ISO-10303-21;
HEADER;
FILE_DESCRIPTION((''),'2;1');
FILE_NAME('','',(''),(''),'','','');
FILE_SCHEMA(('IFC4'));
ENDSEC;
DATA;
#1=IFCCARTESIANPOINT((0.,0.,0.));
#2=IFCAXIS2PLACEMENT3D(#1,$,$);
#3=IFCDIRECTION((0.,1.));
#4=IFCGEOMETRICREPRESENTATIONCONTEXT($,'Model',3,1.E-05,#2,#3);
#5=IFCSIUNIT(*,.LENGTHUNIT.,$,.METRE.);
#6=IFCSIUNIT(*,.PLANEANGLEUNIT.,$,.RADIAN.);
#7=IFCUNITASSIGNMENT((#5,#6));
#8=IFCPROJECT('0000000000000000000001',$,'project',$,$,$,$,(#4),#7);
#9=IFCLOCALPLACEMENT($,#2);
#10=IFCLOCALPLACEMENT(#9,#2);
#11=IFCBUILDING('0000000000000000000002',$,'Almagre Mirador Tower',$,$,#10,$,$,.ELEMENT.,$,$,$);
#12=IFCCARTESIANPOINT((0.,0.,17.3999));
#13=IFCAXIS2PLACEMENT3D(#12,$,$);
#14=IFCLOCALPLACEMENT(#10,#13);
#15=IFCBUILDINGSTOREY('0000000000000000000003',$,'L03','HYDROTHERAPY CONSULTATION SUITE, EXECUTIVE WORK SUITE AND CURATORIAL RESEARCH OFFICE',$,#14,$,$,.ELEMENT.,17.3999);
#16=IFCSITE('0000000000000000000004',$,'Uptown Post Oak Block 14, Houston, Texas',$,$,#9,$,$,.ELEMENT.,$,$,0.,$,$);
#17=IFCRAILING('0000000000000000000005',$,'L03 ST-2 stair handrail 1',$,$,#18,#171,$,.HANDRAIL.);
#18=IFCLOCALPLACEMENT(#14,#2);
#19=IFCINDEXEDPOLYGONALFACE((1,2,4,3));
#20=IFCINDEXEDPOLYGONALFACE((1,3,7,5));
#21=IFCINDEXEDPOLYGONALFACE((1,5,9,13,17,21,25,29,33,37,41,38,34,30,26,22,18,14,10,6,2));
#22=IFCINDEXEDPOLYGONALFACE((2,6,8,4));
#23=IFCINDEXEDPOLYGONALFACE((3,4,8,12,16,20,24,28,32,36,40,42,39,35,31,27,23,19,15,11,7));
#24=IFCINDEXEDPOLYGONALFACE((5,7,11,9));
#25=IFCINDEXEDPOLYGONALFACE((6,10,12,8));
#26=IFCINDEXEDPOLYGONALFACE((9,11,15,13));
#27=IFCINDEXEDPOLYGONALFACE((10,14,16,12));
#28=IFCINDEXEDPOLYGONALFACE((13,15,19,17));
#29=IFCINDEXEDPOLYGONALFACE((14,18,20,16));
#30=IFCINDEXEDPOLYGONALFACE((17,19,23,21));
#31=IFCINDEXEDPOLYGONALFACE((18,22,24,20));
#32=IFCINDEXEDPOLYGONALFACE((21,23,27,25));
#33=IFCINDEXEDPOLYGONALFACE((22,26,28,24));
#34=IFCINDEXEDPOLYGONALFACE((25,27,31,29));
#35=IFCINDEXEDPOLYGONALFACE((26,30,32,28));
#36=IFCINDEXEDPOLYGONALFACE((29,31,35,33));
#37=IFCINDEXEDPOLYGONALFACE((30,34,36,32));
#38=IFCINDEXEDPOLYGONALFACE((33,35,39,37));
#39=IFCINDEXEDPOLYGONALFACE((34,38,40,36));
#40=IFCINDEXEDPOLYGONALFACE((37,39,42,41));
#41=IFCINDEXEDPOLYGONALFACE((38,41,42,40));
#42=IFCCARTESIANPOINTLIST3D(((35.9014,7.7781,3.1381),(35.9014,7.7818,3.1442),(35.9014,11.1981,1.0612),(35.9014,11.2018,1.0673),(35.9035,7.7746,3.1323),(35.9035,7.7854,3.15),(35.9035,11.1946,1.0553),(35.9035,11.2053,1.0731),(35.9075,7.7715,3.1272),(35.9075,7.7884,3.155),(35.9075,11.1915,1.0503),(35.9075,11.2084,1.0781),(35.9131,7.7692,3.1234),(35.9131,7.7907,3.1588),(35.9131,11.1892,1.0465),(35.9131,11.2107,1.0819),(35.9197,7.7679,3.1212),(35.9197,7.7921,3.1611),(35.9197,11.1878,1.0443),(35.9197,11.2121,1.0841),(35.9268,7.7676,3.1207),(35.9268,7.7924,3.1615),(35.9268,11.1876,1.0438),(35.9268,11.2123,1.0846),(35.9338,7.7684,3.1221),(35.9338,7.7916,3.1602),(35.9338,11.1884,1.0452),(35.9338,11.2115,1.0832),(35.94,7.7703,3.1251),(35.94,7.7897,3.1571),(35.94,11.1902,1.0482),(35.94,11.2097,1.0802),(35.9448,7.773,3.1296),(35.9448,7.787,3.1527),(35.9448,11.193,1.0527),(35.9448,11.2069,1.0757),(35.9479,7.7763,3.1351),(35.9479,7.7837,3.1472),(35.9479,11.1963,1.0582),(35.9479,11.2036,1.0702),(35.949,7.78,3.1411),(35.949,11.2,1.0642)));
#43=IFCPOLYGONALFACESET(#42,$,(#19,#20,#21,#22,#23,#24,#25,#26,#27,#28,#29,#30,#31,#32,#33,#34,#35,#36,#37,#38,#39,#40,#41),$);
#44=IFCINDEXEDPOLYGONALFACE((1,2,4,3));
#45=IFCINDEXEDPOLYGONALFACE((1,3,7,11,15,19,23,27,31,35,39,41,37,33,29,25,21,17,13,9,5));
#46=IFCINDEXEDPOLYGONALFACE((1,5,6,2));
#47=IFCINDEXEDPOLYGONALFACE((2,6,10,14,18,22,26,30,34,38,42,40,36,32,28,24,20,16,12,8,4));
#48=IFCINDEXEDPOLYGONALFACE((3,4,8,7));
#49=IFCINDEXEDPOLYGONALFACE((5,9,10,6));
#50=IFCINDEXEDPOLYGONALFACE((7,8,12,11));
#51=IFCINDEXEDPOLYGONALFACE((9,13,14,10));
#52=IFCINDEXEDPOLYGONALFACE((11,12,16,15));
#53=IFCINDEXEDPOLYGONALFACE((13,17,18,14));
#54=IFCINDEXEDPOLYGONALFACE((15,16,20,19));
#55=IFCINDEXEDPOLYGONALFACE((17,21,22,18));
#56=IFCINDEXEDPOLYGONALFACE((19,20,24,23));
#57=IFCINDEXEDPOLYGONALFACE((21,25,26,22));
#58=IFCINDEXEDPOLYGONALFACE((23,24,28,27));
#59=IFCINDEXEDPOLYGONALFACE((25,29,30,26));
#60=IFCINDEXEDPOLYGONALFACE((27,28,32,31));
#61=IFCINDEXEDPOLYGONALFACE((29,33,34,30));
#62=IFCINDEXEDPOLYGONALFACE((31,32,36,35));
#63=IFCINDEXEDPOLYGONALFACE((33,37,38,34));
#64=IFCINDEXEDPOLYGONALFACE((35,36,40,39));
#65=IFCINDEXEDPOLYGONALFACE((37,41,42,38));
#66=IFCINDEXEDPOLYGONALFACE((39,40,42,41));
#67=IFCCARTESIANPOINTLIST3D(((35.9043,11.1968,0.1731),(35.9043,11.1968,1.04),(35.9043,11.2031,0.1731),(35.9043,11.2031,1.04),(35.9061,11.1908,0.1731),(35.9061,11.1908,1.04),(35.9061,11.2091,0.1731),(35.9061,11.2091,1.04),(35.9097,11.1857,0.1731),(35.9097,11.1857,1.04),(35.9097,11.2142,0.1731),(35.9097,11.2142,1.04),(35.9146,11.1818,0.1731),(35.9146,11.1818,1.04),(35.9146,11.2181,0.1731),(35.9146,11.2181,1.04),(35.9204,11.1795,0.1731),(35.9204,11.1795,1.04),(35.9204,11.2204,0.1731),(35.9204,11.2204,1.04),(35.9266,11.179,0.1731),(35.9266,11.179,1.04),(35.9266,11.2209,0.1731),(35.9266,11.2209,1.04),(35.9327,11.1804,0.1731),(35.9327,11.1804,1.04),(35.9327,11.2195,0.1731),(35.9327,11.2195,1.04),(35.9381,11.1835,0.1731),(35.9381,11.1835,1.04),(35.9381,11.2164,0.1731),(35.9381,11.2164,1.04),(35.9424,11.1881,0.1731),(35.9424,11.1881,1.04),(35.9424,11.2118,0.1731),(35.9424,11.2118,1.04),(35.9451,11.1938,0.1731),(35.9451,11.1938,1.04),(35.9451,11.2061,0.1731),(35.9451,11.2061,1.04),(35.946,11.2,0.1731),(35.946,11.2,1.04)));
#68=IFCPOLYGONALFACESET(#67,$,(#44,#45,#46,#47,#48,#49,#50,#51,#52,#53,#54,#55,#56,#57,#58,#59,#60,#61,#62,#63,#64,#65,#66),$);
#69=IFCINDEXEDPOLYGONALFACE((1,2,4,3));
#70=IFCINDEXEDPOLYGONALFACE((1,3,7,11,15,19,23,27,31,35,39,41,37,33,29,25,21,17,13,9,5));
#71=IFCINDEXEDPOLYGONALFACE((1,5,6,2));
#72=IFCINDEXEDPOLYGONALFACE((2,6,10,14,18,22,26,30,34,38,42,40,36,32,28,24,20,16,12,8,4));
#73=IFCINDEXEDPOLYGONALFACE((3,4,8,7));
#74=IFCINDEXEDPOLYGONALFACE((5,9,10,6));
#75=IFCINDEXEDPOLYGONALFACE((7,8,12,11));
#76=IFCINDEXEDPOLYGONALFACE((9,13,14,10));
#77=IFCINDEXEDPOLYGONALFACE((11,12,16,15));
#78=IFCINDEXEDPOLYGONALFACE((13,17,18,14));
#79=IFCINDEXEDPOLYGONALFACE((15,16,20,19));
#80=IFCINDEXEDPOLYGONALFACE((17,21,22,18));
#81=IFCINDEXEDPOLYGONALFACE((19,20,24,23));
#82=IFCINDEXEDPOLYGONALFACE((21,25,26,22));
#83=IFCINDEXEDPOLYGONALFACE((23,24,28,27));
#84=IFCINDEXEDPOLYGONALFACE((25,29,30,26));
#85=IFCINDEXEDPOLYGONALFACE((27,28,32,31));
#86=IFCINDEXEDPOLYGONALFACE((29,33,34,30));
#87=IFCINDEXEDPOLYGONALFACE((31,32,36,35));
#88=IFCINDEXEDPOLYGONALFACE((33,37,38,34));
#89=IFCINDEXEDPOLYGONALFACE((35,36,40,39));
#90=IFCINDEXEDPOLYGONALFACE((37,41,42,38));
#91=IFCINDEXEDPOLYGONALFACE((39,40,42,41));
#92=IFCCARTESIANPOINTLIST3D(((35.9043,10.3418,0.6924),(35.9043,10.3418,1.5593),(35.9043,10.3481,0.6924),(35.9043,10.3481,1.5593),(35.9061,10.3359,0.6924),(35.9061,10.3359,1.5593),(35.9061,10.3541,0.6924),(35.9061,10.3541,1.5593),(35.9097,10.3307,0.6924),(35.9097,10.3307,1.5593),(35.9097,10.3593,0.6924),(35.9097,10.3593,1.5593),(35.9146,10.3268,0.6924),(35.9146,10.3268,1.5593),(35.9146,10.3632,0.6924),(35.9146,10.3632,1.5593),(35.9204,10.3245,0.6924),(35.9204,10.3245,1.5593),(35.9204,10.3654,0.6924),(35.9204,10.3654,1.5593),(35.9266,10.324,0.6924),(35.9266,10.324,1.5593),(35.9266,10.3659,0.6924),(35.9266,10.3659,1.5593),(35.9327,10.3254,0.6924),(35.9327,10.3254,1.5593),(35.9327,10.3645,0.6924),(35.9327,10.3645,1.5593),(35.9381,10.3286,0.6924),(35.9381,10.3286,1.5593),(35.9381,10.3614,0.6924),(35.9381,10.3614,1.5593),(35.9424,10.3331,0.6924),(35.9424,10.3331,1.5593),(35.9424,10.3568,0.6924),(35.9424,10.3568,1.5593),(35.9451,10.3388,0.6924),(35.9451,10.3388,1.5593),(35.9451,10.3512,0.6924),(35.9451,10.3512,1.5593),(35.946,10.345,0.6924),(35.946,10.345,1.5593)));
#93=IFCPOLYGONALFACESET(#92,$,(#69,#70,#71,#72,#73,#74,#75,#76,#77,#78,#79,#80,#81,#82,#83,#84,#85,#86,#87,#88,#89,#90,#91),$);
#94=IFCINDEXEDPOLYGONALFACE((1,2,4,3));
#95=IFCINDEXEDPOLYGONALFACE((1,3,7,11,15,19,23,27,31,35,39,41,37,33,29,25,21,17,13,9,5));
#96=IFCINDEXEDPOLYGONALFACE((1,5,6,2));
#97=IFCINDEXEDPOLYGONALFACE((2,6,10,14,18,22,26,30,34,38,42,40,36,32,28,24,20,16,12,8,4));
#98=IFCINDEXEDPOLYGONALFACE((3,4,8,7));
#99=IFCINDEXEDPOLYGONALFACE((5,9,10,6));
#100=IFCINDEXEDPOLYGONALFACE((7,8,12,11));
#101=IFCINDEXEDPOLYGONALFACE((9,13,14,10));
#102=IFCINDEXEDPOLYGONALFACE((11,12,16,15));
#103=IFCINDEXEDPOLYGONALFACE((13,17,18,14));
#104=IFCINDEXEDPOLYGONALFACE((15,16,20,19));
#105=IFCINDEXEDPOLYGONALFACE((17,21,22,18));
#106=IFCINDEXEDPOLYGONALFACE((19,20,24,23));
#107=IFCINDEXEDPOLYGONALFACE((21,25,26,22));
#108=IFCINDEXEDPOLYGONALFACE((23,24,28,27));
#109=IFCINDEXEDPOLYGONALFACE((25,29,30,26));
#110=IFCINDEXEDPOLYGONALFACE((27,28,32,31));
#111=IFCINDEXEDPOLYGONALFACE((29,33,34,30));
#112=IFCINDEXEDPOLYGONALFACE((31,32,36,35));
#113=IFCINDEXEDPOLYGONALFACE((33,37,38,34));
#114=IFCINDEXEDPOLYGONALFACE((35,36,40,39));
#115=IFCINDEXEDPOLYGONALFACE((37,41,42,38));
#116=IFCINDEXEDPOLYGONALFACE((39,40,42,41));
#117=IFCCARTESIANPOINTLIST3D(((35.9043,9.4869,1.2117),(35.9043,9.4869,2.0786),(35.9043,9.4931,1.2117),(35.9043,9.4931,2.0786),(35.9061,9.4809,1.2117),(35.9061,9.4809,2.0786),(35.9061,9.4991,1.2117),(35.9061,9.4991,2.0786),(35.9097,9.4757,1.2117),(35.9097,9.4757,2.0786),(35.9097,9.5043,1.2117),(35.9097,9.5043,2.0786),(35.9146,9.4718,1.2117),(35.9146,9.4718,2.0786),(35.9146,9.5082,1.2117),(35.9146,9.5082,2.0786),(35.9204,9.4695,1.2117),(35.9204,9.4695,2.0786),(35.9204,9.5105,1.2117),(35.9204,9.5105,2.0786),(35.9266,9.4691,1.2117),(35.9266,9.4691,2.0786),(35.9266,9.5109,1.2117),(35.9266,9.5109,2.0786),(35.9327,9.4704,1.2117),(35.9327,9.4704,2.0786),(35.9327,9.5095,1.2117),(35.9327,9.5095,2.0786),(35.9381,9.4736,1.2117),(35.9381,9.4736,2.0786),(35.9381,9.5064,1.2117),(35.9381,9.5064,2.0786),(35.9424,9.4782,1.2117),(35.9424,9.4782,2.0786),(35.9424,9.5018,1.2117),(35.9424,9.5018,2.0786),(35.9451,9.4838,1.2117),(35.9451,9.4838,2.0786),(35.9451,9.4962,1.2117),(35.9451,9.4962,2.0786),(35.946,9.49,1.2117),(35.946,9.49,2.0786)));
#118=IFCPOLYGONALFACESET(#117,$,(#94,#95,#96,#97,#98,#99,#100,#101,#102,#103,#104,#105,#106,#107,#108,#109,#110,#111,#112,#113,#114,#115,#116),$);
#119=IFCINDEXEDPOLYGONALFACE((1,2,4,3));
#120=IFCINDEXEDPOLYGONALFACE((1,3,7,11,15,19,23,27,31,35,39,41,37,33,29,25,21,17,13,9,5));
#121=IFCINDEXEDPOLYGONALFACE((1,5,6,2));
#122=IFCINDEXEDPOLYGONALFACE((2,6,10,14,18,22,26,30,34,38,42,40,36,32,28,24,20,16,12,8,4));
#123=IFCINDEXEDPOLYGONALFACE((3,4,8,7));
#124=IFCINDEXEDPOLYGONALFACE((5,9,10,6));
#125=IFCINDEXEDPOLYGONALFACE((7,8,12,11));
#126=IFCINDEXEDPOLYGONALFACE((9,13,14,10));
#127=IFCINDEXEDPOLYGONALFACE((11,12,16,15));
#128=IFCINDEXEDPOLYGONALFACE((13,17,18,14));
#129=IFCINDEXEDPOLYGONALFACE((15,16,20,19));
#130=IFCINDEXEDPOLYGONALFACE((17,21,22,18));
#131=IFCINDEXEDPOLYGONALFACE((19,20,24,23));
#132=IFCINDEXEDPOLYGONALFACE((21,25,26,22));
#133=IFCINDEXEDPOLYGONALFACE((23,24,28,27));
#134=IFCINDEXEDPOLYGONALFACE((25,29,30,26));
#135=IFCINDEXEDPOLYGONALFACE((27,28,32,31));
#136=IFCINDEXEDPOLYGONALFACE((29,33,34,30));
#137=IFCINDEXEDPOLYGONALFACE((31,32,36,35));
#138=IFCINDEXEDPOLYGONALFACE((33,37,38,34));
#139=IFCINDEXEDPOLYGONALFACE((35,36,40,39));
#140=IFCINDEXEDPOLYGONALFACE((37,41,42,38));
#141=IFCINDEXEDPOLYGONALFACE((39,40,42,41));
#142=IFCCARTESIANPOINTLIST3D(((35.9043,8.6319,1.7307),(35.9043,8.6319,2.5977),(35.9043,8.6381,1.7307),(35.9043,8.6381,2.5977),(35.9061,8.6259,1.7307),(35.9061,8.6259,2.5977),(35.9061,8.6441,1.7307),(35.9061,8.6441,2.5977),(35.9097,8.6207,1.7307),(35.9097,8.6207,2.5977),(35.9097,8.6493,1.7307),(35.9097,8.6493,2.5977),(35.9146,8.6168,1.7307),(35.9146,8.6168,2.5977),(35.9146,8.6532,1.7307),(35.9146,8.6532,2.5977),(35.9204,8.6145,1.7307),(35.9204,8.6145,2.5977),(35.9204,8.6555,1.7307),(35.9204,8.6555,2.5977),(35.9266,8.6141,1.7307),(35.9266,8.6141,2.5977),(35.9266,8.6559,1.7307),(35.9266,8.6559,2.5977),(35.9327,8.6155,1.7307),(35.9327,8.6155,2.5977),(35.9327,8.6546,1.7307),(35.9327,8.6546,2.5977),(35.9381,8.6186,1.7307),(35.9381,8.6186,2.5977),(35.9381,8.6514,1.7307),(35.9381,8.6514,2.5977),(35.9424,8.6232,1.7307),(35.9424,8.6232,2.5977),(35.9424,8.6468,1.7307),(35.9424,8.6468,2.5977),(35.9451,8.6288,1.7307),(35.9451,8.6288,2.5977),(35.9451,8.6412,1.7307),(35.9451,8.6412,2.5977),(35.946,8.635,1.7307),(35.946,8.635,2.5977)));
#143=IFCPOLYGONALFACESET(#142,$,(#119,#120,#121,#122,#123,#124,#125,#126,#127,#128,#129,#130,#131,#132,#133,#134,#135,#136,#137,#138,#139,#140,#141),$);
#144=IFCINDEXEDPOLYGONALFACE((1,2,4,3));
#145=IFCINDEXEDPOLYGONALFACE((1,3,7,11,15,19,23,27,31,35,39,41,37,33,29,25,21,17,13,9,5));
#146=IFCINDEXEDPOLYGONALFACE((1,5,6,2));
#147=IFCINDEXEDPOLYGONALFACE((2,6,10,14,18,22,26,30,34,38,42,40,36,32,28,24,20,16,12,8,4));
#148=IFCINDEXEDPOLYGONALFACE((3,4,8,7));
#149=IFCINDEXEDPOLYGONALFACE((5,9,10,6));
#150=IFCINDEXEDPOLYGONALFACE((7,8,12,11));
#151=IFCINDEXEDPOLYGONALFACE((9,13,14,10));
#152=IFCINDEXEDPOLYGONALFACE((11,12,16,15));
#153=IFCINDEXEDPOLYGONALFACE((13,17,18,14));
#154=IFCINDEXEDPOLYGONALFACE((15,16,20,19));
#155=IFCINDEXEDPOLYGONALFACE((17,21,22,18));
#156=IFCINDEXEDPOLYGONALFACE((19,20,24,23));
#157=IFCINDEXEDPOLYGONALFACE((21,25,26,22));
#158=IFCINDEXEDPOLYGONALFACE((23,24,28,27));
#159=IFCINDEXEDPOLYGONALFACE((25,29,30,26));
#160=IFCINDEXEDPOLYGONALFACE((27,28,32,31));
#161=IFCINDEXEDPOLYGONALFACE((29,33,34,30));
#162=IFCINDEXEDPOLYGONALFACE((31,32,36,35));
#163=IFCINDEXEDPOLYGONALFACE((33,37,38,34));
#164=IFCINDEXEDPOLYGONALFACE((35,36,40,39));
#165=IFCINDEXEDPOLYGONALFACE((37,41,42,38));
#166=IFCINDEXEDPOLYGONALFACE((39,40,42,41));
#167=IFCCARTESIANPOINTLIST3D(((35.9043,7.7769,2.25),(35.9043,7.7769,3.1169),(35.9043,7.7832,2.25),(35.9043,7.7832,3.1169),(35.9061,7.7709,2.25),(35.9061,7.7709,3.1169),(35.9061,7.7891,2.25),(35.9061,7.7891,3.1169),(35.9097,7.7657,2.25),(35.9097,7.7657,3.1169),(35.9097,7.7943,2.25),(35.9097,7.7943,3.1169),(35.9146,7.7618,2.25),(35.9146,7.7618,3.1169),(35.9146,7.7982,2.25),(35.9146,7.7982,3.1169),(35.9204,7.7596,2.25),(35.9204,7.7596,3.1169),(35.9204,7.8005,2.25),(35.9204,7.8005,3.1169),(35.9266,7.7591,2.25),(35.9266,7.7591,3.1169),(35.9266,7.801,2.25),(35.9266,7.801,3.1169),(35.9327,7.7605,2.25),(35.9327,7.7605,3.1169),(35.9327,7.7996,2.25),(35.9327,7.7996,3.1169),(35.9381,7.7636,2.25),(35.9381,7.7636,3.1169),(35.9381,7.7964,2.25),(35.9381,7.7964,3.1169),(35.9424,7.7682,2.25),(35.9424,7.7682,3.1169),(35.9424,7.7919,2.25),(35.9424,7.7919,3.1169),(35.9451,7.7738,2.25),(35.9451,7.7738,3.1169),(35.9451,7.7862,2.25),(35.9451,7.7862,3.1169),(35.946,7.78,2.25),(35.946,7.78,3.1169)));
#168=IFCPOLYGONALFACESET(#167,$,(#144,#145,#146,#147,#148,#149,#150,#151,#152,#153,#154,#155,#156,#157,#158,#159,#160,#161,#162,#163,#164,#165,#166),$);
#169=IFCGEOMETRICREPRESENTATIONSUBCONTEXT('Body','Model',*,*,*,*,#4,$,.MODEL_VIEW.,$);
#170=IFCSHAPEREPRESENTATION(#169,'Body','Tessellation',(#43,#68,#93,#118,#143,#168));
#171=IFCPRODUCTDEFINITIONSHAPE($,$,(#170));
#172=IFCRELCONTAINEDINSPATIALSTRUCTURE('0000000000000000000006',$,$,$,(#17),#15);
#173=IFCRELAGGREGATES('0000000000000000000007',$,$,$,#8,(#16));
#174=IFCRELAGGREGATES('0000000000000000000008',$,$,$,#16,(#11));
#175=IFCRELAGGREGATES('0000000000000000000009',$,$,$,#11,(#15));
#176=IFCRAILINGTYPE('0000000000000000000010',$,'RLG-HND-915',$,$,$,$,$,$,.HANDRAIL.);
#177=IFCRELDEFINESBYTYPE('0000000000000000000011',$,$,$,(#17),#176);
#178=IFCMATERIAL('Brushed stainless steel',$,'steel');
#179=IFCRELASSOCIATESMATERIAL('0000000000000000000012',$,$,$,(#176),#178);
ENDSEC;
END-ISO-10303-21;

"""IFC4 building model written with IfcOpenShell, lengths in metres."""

from ifc_helpers import new_model, si_unit, direction, frame, origin, origin_2d, place, context, subcontext, project, spatial, circle, extrude, material, type_object, element, save


model = new_model("IFC4")

# Units and contexts
model_context = context("Model", 3, precision=1e-05, world=origin(), true_north=direction((0.0, 1.0)))
body_context = subcontext(model_context, "Body", "Model", "MODEL_VIEW")
ifc_project = project(units=[si_unit("LENGTHUNIT", "METRE"), si_unit("PLANEANGLEUNIT", "RADIAN")], contexts=[model_context])

# Site, building, storey
site_placement = place(None, origin())
site = spatial("IfcSite", under=ifc_project, at=site_placement, Name="Uptown Post Oak Block 14, Houston, Texas", CompositionType="ELEMENT", RefElevation=0.0)
building_placement = place(site_placement, origin())
building = spatial("IfcBuilding", under=site, at=building_placement, Name="Almagre Mirador Tower", CompositionType="ELEMENT")
storey_placement = place(building_placement, frame((0.0, 0.0, 17.3999)))
storey = spatial("IfcBuildingStorey", under=building, at=storey_placement, Name="L03", Description="HYDROTHERAPY CONSULTATION SUITE, EXECUTIVE WORK SUITE AND CURATORIAL RESEARCH OFFICE", CompositionType="ELEMENT", Elevation=17.3999)

# Railing
ifc_material_1 = material(Name="Brushed stainless steel", Category="steel")
railing_type_1 = type_object("IfcRailingType", Name="RLG-HND-915", PredefinedType="HANDRAIL", material=ifc_material_1)
railing_1_placement = place(storey_placement, frame((35.925, 11.2, 0.1731)))
element("IfcRailing", 1, at=railing_1_placement, inside=storey, type_object=railing_type_1, Name="L03 ST-2 stair handrail 1", PredefinedType="HANDRAIL", context=body_context, shape_type="SweptSolid", body=[
    extrude(circle(Radius=0.0239, at=origin_2d()), frame((0.0, 0.0, 0.8911), z_axis=(0.0, -0.85473, 0.519074), x_axis=(1.0, 0.0, 0.0)), (0.0, 0.0, 1.0), 4.0012),
    extrude(circle(Radius=0.021, at=origin_2d()), origin(), (0.0, 0.0, 1.0), 0.8669),
    extrude(circle(Radius=0.021, at=origin_2d()), frame((0.0, -0.855, 0.5193)), (0.0, 0.0, 1.0), 0.8669),
    extrude(circle(Radius=0.021, at=origin_2d()), frame((0.0, -1.71, 1.0386)), (0.0, 0.0, 1.0), 0.8669),
    extrude(circle(Radius=0.021, at=origin_2d()), frame((0.0, -2.5649, 1.5576)), (0.0, 0.0, 1.0), 0.8669),
    extrude(circle(Radius=0.021, at=origin_2d()), frame((0.0, -3.4199, 2.0769)), (0.0, 0.0, 1.0), 0.8669),
])

save(model, "model.ifc")
